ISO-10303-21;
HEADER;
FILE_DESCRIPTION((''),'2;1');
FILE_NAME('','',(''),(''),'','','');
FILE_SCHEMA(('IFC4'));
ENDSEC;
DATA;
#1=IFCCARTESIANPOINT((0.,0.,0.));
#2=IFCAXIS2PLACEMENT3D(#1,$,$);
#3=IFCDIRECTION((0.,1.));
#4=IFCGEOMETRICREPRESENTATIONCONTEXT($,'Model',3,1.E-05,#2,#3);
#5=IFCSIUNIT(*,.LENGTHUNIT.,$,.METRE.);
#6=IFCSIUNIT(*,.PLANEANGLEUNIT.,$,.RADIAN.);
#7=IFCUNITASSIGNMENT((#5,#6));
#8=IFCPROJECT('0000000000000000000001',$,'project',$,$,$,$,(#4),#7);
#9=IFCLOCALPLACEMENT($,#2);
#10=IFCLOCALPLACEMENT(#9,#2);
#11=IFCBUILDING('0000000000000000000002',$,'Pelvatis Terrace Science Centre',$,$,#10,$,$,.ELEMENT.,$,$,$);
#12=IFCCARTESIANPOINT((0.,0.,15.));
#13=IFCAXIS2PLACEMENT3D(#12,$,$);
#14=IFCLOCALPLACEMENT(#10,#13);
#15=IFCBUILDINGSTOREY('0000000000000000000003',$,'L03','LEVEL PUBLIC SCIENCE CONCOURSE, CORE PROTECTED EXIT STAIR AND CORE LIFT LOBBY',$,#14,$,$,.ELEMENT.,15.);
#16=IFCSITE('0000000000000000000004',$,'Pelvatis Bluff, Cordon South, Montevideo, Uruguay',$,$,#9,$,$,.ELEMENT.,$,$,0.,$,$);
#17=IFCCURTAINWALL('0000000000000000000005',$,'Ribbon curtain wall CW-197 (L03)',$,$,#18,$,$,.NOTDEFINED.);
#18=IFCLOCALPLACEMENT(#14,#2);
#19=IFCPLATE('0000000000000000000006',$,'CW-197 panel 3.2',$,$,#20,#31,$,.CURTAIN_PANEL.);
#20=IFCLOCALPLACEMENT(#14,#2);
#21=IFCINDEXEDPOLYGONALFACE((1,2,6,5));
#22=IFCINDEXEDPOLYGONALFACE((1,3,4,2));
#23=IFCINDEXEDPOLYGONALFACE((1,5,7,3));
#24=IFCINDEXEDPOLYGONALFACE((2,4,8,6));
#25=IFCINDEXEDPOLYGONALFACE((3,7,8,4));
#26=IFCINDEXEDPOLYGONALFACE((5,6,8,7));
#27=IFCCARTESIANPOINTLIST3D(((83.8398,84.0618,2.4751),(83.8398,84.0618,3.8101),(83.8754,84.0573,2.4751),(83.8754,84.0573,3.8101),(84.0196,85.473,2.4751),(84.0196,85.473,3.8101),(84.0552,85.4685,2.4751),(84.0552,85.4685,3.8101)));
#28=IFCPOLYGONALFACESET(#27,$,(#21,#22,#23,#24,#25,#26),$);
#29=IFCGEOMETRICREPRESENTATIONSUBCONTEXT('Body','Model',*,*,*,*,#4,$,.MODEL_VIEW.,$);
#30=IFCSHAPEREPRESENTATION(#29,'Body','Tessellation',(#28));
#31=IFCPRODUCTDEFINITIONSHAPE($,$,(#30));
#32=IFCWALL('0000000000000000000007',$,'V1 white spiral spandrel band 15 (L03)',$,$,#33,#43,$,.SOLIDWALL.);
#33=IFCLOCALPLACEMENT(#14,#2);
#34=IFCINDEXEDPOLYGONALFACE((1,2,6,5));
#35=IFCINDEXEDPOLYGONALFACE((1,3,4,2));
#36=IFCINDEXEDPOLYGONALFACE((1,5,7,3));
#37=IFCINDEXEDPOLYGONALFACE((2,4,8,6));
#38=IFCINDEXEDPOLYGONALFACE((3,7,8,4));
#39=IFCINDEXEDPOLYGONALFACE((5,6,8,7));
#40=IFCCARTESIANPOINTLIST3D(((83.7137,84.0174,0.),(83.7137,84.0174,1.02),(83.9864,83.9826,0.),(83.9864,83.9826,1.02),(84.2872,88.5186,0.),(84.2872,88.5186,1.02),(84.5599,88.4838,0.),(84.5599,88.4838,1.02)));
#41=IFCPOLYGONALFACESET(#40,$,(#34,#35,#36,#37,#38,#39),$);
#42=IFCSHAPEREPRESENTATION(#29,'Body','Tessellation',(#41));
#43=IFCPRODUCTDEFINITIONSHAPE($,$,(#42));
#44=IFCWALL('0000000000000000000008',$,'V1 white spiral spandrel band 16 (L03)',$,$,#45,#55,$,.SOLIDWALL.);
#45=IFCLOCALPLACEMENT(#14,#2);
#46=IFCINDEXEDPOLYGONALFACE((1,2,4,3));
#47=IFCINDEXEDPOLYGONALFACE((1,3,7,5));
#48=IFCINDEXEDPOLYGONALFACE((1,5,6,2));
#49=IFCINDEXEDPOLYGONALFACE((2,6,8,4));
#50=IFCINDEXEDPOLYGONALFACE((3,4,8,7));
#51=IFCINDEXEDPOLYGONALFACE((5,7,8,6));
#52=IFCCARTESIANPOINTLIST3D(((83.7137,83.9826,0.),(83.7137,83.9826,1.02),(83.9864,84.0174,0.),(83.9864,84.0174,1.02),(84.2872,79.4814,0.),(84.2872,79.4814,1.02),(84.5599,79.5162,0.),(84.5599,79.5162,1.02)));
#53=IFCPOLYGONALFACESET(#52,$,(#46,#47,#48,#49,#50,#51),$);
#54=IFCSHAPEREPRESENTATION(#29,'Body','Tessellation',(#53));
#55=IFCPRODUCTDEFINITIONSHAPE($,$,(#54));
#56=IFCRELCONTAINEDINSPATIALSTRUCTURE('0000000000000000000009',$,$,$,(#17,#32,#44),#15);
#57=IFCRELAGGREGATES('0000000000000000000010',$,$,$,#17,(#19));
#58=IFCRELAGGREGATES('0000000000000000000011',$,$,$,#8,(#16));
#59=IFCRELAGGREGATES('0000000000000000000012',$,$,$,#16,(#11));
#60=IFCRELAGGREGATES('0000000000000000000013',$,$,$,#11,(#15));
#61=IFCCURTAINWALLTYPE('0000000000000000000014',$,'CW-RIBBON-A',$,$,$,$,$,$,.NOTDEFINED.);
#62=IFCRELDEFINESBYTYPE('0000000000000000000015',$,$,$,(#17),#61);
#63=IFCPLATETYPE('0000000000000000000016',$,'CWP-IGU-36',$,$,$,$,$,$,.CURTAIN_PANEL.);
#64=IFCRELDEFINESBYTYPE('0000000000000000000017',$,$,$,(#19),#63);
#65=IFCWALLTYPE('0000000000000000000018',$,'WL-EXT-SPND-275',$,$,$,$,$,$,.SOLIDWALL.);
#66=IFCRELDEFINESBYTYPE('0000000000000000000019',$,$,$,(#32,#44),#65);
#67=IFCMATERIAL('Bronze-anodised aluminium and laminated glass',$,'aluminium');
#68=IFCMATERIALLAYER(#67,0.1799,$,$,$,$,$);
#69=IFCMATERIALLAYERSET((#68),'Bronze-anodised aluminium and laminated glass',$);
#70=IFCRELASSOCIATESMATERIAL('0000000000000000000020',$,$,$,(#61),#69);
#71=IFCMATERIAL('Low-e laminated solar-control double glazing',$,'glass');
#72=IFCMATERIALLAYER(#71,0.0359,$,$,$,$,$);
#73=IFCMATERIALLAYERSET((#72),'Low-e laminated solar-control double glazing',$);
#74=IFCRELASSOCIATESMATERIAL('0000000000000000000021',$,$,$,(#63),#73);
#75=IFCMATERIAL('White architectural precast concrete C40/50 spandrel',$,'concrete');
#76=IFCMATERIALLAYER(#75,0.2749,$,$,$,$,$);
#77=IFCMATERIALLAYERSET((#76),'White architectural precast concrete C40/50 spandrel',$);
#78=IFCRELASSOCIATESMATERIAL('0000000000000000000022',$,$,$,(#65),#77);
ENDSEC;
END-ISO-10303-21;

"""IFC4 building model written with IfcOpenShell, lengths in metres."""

from ifc_helpers import new_model, si_unit, direction, frame, frame_2d, origin, origin_2d, place, context, subcontext, project, spatial, rectangle, extrude, material, layer, layer_set, type_object, element, aggregate, save


model = new_model("IFC4")

# Units and contexts
model_context = context("Model", 3, precision=1e-05, world=origin(), true_north=direction((0.0, 1.0)))
body_context = subcontext(model_context, "Body", "Model", "MODEL_VIEW")
ifc_project = project(units=[si_unit("LENGTHUNIT", "METRE"), si_unit("PLANEANGLEUNIT", "RADIAN")], contexts=[model_context])

# Site, building, storey
site_placement = place(None, origin())
site = spatial("IfcSite", under=ifc_project, at=site_placement, Name="Pelvatis Bluff, Cordon South, Montevideo, Uruguay", CompositionType="ELEMENT", RefElevation=0.0)
building_placement = place(site_placement, origin())
building = spatial("IfcBuilding", under=site, at=building_placement, Name="Pelvatis Terrace Science Centre", CompositionType="ELEMENT")
storey_placement = place(building_placement, frame((0.0, 0.0, 15.0)))
storey = spatial("IfcBuildingStorey", under=building, at=storey_placement, Name="L03", Description="LEVEL PUBLIC SCIENCE CONCOURSE, CORE PROTECTED EXIT STAIR AND CORE LIFT LOBBY", CompositionType="ELEMENT", Elevation=15.0)

# Shared definitions
ifc_material_1 = material(Name="Bronze-anodised aluminium and laminated glass", Category="aluminium")
ifc_layer_1 = layer(ifc_material_1, 0.1799)
ifc_layer_set_1 = layer_set([ifc_layer_1], Name="Bronze-anodised aluminium and laminated glass")
curtain_wall_type = type_object("IfcCurtainWallType", Name="CW-RIBBON-A", PredefinedType="NOTDEFINED", material=ifc_layer_set_1)

# Curtain wall
curtain_wall_1_placement = place(storey_placement, origin())
curtain_wall_1 = element("IfcCurtainWall", 1, at=curtain_wall_1_placement, inside=storey, type_object=curtain_wall_type, Name="Ribbon curtain wall CW-197 (L03)", PredefinedType="NOTDEFINED")

# Plate
ifc_material_2 = material(Name="Low-e laminated solar-control double glazing", Category="glass")
ifc_layer_2 = layer(ifc_material_2, 0.0359)
ifc_layer_set_2 = layer_set([ifc_layer_2], Name="Low-e laminated solar-control double glazing")
plate_type = type_object("IfcPlateType", Name="CWP-IGU-36", PredefinedType="CURTAIN_PANEL", material=ifc_layer_set_2)
plate_1_placement = place(storey_placement, frame((83.9475, 84.7651, 2.4751), z_axis=(0.0, 0.0, 1.0), x_axis=(-0.126408, -0.991978, 0.0)))
plate_1 = element("IfcPlate", 2, at=plate_1_placement, type_object=plate_type, Name="CW-197 panel 3.2", PredefinedType="CURTAIN_PANEL", context=body_context, shape_type="SweptSolid", body=[
    extrude(rectangle(XDim=1.4226, YDim=0.0359, at=origin_2d()), origin(), (0.0, 0.0, 1.0), 1.335),
])
aggregate(curtain_wall_1, [plate_1])

# Walls
ifc_material_3 = material(Name="White architectural precast concrete C40/50 spandrel", Category="concrete")
ifc_layer_3 = layer(ifc_material_3, 0.2749)
ifc_layer_set_3 = layer_set([ifc_layer_3], Name="White architectural precast concrete C40/50 spandrel")
wall_type = type_object("IfcWallType", Name="WL-EXT-SPND-275", PredefinedType="SOLIDWALL", material=ifc_layer_set_3)
for number, where, z_axis, x_axis, name in (
    (3, (84.4236, 88.5012, 0.0), (0.0, 0.0, 1.0), (-0.126385, -0.991981, 0.0), "V1 white spiral spandrel band 15 (L03)"),
    (4, (83.8501, 84.0, 0.0), (0.0, 0.0, 1.0), (0.126385, -0.991981, 0.0), "V1 white spiral spandrel band 16 (L03)"),
):
    element("IfcWall", number, at=place(storey_placement, frame(where, z_axis=z_axis, x_axis=x_axis)), inside=storey, type_object=wall_type, Name=name, PredefinedType="SOLIDWALL", context=body_context, shape_type="SweptSolid", body=[
        extrude(rectangle(XDim=4.5376, YDim=0.2749, at=frame_2d((2.2688, 0.0))), origin(), (0.0, 0.0, 1.0), 1.02),
    ])

save(model, "model.ifc")
